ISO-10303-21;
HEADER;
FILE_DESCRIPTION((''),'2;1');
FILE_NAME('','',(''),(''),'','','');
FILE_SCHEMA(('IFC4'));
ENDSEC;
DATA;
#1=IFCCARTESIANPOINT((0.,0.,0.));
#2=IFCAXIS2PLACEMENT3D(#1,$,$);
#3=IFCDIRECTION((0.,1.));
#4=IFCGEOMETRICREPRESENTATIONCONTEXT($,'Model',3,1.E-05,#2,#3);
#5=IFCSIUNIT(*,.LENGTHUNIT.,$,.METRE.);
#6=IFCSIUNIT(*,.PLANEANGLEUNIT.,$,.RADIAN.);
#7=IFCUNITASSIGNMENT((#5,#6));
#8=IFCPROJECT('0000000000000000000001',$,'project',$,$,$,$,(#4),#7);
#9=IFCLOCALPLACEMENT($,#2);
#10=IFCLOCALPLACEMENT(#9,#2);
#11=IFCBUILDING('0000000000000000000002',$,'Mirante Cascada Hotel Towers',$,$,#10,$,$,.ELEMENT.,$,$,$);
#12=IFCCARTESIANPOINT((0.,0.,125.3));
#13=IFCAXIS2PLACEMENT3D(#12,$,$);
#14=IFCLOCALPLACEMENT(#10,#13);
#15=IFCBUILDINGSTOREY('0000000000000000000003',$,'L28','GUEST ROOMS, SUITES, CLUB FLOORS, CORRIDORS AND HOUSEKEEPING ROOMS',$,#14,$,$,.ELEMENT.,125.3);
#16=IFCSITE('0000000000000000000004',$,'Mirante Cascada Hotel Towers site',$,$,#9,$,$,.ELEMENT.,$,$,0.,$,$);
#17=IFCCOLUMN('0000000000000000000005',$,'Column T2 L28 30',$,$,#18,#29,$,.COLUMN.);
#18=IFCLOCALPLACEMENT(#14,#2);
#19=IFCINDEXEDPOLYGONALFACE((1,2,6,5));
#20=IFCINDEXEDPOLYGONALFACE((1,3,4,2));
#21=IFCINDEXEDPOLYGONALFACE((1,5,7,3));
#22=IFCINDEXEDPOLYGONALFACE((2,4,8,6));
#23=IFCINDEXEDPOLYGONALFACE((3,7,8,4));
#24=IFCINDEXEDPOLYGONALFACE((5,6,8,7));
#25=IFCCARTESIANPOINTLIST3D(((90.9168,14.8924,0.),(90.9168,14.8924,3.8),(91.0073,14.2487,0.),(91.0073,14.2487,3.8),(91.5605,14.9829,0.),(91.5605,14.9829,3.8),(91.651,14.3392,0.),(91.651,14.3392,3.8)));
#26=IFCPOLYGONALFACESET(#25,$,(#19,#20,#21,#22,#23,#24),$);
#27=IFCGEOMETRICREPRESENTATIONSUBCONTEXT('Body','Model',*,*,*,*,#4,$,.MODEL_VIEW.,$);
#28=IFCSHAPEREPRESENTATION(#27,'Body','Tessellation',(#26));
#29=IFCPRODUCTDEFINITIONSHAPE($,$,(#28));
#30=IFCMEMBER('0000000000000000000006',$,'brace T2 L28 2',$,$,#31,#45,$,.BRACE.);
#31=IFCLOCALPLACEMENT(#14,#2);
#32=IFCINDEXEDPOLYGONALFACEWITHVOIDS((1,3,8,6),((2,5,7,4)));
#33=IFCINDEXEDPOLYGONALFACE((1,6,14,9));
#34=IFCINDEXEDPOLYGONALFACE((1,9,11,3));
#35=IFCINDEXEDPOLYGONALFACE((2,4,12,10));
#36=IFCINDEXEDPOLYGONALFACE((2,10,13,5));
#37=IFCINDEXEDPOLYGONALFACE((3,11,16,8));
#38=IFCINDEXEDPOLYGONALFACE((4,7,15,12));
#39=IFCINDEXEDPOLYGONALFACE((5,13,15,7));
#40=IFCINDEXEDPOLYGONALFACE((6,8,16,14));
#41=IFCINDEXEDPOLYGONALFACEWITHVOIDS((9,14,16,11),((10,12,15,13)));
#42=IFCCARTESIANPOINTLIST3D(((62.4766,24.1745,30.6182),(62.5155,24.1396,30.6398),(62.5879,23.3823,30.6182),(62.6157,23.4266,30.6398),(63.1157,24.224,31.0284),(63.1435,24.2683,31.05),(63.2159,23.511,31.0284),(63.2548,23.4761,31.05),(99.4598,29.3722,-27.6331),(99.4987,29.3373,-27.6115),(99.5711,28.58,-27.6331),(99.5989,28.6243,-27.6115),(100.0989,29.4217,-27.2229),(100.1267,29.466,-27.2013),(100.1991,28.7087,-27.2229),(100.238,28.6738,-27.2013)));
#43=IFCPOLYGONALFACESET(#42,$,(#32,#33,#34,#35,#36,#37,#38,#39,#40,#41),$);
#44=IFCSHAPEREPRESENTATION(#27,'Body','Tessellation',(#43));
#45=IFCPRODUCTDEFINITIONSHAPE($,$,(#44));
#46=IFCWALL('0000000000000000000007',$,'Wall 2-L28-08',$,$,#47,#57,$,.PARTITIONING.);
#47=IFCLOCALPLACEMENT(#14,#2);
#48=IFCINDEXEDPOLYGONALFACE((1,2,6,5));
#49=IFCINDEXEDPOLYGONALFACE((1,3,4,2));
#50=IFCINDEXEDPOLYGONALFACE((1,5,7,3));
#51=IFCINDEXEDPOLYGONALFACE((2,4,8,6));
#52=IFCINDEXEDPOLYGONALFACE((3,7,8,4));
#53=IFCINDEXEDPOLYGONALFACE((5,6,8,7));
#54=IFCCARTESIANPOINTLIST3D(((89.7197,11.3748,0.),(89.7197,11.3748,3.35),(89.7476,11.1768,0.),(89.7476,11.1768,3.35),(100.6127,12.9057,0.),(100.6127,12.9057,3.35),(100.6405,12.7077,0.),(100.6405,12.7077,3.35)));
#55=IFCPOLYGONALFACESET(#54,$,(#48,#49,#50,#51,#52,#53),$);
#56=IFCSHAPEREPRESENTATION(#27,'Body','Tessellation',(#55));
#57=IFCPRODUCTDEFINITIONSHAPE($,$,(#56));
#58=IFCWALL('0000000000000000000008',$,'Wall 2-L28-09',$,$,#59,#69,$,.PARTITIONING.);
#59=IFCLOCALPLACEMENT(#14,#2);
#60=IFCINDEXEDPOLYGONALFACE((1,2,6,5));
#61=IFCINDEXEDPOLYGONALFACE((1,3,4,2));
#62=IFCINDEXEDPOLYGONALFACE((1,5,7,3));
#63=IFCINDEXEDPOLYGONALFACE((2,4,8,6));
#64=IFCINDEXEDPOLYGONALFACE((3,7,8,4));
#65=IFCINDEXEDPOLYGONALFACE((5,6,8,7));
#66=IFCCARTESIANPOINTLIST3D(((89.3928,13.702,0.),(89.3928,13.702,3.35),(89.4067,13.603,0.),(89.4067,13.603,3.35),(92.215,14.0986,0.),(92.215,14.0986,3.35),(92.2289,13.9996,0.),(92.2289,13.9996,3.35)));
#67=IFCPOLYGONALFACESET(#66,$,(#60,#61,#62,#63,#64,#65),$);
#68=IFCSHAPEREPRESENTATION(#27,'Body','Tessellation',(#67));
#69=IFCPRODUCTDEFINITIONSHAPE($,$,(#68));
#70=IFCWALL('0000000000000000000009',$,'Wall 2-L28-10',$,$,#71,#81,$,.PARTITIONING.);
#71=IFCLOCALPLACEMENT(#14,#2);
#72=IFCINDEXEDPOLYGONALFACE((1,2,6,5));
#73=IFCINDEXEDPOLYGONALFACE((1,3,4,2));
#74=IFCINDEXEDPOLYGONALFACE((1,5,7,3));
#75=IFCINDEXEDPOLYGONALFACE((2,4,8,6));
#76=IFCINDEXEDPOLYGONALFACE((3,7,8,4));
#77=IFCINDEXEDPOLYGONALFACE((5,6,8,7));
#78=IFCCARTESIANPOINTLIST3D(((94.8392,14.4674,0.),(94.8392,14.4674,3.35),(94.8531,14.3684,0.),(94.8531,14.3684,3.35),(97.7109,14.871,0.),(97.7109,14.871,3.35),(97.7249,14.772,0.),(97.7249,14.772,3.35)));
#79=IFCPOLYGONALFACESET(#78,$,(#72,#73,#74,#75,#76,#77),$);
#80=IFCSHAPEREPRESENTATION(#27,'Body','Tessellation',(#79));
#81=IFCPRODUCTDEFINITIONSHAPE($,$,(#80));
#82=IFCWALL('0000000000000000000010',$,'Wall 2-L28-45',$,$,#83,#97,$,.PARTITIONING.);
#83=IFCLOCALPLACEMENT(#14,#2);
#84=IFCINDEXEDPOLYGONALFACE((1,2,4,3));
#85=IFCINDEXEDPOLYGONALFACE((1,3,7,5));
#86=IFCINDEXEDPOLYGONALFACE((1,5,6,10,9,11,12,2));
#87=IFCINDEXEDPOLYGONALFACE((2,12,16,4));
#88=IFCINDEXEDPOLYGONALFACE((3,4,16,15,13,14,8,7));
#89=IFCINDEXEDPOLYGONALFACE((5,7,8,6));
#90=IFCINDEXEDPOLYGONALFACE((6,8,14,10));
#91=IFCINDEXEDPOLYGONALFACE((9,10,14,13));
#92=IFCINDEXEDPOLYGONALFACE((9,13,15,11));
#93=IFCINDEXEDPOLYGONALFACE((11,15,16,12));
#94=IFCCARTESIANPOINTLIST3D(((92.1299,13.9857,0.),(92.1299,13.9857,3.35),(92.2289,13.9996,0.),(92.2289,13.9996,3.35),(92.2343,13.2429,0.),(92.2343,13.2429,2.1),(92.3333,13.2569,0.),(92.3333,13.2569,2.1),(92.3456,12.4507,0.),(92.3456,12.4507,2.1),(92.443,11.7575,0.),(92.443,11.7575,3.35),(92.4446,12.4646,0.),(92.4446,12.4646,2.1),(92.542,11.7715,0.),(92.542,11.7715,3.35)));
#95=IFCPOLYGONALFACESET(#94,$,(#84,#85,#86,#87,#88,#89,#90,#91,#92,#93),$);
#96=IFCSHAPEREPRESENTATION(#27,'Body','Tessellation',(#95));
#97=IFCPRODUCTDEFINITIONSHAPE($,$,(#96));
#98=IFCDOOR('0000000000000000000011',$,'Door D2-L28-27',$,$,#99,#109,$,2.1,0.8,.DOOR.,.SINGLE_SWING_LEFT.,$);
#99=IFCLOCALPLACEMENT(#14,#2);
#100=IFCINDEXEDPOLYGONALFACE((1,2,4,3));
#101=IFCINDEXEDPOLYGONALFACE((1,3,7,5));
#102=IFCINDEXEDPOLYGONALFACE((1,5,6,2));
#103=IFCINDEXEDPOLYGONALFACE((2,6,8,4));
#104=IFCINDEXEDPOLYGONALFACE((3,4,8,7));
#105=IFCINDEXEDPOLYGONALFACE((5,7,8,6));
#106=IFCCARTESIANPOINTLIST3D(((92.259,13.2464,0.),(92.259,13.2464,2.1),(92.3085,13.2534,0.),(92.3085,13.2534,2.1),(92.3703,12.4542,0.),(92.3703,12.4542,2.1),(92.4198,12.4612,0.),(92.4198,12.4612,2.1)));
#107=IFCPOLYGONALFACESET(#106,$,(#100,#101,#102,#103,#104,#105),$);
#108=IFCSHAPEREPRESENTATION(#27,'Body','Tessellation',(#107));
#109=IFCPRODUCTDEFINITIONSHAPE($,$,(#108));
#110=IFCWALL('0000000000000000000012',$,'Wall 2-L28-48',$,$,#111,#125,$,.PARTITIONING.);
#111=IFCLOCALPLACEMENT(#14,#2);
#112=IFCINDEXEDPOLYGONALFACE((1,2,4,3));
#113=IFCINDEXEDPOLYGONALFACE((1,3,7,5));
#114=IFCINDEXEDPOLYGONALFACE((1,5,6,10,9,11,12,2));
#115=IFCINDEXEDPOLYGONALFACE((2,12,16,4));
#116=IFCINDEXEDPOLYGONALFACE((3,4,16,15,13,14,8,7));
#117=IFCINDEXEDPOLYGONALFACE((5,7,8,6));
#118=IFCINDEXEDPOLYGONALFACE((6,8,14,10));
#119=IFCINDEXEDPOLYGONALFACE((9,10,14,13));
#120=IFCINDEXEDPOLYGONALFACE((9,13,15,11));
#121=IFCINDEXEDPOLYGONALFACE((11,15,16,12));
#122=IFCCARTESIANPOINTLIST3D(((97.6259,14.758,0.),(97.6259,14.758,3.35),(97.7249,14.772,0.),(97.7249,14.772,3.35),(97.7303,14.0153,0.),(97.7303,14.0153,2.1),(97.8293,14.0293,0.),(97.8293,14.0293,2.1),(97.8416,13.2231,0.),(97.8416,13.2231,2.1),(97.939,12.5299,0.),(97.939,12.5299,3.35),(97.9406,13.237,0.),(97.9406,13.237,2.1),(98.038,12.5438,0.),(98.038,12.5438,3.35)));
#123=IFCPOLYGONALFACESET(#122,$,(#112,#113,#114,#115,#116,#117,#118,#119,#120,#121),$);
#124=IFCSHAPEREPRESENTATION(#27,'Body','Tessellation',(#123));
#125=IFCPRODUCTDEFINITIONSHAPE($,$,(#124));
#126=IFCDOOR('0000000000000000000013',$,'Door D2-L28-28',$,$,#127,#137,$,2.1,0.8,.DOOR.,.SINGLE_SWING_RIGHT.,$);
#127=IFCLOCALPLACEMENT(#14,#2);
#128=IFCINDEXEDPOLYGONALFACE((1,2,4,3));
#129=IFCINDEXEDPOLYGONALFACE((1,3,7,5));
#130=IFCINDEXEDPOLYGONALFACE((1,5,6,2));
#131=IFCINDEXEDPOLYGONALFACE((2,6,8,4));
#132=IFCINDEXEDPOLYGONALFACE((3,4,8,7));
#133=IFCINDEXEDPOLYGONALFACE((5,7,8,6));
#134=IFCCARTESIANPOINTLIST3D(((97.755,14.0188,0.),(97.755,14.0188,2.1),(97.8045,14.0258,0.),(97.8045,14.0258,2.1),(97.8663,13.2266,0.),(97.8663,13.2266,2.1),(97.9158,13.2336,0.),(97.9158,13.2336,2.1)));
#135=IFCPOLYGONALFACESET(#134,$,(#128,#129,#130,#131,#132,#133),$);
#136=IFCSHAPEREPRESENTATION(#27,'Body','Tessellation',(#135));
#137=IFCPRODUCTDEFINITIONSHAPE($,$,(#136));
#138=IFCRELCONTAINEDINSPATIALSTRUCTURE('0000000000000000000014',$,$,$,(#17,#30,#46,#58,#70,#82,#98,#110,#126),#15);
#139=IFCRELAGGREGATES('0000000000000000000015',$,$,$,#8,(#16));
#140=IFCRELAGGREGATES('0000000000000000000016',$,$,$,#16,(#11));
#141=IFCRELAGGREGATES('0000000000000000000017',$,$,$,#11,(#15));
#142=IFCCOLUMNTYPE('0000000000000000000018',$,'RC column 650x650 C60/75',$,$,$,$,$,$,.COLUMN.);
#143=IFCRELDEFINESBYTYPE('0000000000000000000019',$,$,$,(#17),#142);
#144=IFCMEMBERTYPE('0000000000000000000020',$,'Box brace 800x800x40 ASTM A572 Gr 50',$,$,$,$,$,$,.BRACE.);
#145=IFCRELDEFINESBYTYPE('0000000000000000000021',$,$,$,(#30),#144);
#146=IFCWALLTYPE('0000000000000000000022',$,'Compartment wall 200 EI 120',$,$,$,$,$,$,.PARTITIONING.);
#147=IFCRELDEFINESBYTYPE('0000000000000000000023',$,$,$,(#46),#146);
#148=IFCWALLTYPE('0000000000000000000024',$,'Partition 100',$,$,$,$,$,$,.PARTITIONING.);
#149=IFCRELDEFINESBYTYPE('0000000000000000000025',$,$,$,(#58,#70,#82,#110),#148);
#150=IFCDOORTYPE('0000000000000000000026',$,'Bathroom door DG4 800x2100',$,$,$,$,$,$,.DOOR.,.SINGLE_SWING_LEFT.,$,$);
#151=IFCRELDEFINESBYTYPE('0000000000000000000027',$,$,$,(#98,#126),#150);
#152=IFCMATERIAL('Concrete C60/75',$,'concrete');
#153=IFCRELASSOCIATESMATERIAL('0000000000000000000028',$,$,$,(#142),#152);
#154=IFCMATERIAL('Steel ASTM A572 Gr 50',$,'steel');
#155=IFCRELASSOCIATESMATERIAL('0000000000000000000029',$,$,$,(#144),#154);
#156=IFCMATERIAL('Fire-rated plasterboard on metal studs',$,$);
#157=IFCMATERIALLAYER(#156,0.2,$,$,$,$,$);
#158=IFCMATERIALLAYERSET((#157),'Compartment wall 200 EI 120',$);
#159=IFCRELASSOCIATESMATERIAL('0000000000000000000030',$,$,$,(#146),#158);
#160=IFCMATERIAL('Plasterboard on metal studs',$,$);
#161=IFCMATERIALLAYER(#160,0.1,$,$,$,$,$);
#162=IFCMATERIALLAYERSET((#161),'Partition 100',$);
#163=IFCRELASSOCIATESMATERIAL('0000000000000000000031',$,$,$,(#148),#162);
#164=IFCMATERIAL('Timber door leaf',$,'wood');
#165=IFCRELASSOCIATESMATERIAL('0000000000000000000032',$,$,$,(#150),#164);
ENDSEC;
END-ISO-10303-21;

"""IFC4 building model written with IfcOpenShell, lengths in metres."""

from ifc_helpers import new_model, si_unit, direction, frame, frame_2d, origin, origin_2d, place, context, subcontext, project, spatial, rectangle, hollow_rectangle, extrude, material, layer, layer_set, material_profile, profile_set, type_object, element, fill, save


model = new_model("IFC4")

# Units and contexts
model_context = context("Model", 3, precision=1e-05, world=origin(), true_north=direction((0.0, 1.0)))
body_context = subcontext(model_context, "Body", "Model", "MODEL_VIEW")
ifc_project = project(units=[si_unit("LENGTHUNIT", "METRE"), si_unit("PLANEANGLEUNIT", "RADIAN")], contexts=[model_context])

# Site, building, storey
site_placement = place(None, origin())
site = spatial("IfcSite", under=ifc_project, at=site_placement, Name="Mirante Cascada Hotel Towers site", CompositionType="ELEMENT", RefElevation=0.0)
building_placement = place(site_placement, origin())
building = spatial("IfcBuilding", under=site, at=building_placement, Name="Mirante Cascada Hotel Towers", CompositionType="ELEMENT")
storey_placement = place(building_placement, frame((0.0, 0.0, 125.3)))
storey = spatial("IfcBuildingStorey", under=building, at=storey_placement, Name="L28", Description="GUEST ROOMS, SUITES, CLUB FLOORS, CORRIDORS AND HOUSEKEEPING ROOMS", CompositionType="ELEMENT", Elevation=125.3)

# Column
ifc_material_1 = material(Name="Concrete C60/75", Category="concrete")
ifc_material_profile_1 = material_profile(ifc_material_1, rectangle(XDim=0.65, YDim=0.65, at=origin_2d()), Name="RC column 650x650 C60/75")
ifc_profile_set_1 = profile_set([ifc_material_profile_1], Name="Concrete C60/75")
column_type = type_object("IfcColumnType", Name="RC column 650x650 C60/75", PredefinedType="COLUMN", material=ifc_profile_set_1)
column_placement = place(storey_placement, frame((91.2839, 14.6158, 0.0), z_axis=(0.0, 0.0, 1.0), x_axis=(0.990268, 0.139173, 0.0)))
element("IfcColumn", 1, at=column_placement, inside=storey, type_object=column_type, Name="Column T2 L28 30", PredefinedType="COLUMN", context=body_context, shape_type="SweptSolid", body=[
    extrude(rectangle(XDim=0.65, YDim=0.65, at=origin_2d()), origin(), (0.0, 0.0, 1.0), 3.8),
])

# Member
ifc_material_2 = material(Name="Steel ASTM A572 Gr 50", Category="steel")
ifc_material_profile_2 = material_profile(ifc_material_2, hollow_rectangle(XDim=0.8, YDim=0.8, WallThickness=0.04, at=origin_2d()), Name="Box brace 800x800x40 ASTM A572 Gr 50")
ifc_profile_set_2 = profile_set([ifc_material_profile_2], Name="Steel ASTM A572 Gr 50")
member_type = type_object("IfcMemberType", Name="Box brace 800x800x40 ASTM A572 Gr 50", PredefinedType="BRACE", material=ifc_profile_set_2)
member_placement = place(storey_placement, frame((99.8489, 29.023, -27.4172), z_axis=(-0.534476, -0.075116, 0.841839), x_axis=(0.139174, -0.990268, 0.0)))
element("IfcMember", 2, at=member_placement, inside=storey, type_object=member_type, Name="brace T2 L28 2", PredefinedType="BRACE", context=body_context, shape_type="SweptSolid", body=[
    extrude(hollow_rectangle(XDim=0.8, YDim=0.8, WallThickness=0.04, at=origin_2d()), origin(), (0.0, 0.0, 1.0), 69.1953),
])

# Walls
ifc_material_3 = material(Name="Fire-rated plasterboard on metal studs")
ifc_layer_1 = layer(ifc_material_3, 0.2)
ifc_layer_set_1 = layer_set([ifc_layer_1], Name="Compartment wall 200 EI 120")
wall_type_1 = type_object("IfcWallType", Name="Compartment wall 200 EI 120", PredefinedType="PARTITIONING", material=ifc_layer_set_1)
wall_1_placement = place(storey_placement, frame((100.6266, 12.8067, 0.0), z_axis=(0.0, 0.0, 1.0), x_axis=(-0.990268, -0.139173, 0.0)))
element("IfcWall", 3, at=wall_1_placement, inside=storey, type_object=wall_type_1, Name="Wall 2-L28-08", PredefinedType="PARTITIONING", context=body_context, shape_type="SweptSolid", body=[
    extrude(rectangle(XDim=11.0, YDim=0.2, at=frame_2d((5.5, 0.0))), origin(), (0.0, 0.0, 1.0), 3.35),
])
ifc_material_4 = material(Name="Plasterboard on metal studs")
ifc_layer_2 = layer(ifc_material_4, 0.1)
ifc_layer_set_2 = layer_set([ifc_layer_2], Name="Partition 100")
wall_type_2 = type_object("IfcWallType", Name="Partition 100", PredefinedType="PARTITIONING", material=ifc_layer_set_2)
wall_2_placement = place(storey_placement, frame((89.3997, 13.6525, 0.0), z_axis=(0.0, 0.0, 1.0), x_axis=(0.99027, 0.139161, 0.0)))
element("IfcWall", 4, at=wall_2_placement, inside=storey, type_object=wall_type_2, Name="Wall 2-L28-09", PredefinedType="PARTITIONING", context=body_context, shape_type="SweptSolid", body=[
    extrude(rectangle(XDim=2.8499, YDim=0.1, at=frame_2d((1.425, 0.0))), origin(), (0.0, 0.0, 1.0), 3.35),
])
wall_3_placement = place(storey_placement, frame((97.7179, 14.8215, 0.0), z_axis=(0.0, 0.0, 1.0), x_axis=(-0.990268, -0.139171, 0.0)))
element("IfcWall", 5, at=wall_3_placement, inside=storey, type_object=wall_type_2, Name="Wall 2-L28-10", PredefinedType="PARTITIONING", context=body_context, shape_type="SweptSolid", body=[
    extrude(rectangle(XDim=2.9, YDim=0.1, at=frame_2d((1.45, 0.0))), origin(), (0.0, 0.0, 1.0), 3.35),
])

# Walls, openings, doors
wall_4_placement = place(storey_placement, frame((92.4925, 11.7645, 0.0), z_axis=(0.0, 0.0, 1.0), x_axis=(-0.139156, 0.990271, 0.0)))
wall_4 = element("IfcWall", 6, at=wall_4_placement, inside=storey, type_object=wall_type_2, Name="Wall 2-L28-45", PredefinedType="PARTITIONING", context=body_context, shape_type="SweptSolid", body=[
    extrude(rectangle(XDim=2.25, YDim=0.1, at=frame_2d((1.125, 0.0))), origin(), (0.0, 0.0, 1.0), 3.35),
])
opening_1_placement = place(wall_4_placement, frame((0.7, 0.0, 0.0)))
opening_1 = element("IfcOpeningElement", 7, at=opening_1_placement, cuts=wall_4, PredefinedType="OPENING", context=body_context, shape_type="SweptSolid", body=[
    extrude(rectangle(XDim=0.8, YDim=2.1, at=frame_2d((0.4, 1.05))), frame((0.0, 0.05, 0.0), z_axis=(0.0, -1.0, 0.0), x_axis=(1.0, 0.0, 0.0)), (0.0, 0.0, 1.0), 0.1),
])
ifc_material_5 = material(Name="Timber door leaf", Category="wood")
door_type = type_object("IfcDoorType", Name="Bathroom door DG4 800x2100", OperationType="SINGLE_SWING_LEFT", PredefinedType="DOOR", material=ifc_material_5)
door_1_placement = place(opening_1_placement, origin())
door_1 = element("IfcDoor", 8, at=door_1_placement, inside=storey, type_object=door_type, Name="Door D2-L28-27", OperationType="SINGLE_SWING_LEFT", OverallHeight=2.1, OverallWidth=0.8, PredefinedType="DOOR", context=body_context, shape_type="SweptSolid", body=[
    extrude(rectangle(XDim=0.8, YDim=2.1, at=frame_2d((0.4, 1.05))), frame((0.0, 0.025, 0.0), z_axis=(0.0, -1.0, 0.0), x_axis=(1.0, 0.0, 0.0)), (0.0, 0.0, 1.0), 0.05),
])
fill(opening_1, door_1)
wall_5_placement = place(storey_placement, frame((97.6754, 14.765, 0.0), z_axis=(0.0, 0.0, 1.0), x_axis=(0.139156, -0.990271, 0.0)))
wall_5 = element("IfcWall", 9, at=wall_5_placement, inside=storey, type_object=wall_type_2, Name="Wall 2-L28-48", PredefinedType="PARTITIONING", context=body_context, shape_type="SweptSolid", body=[
    extrude(rectangle(XDim=2.25, YDim=0.1, at=frame_2d((1.125, 0.0))), origin(), (0.0, 0.0, 1.0), 3.35),
])
opening_2_placement = place(wall_5_placement, frame((0.75, 0.0, 0.0)))
opening_2 = element("IfcOpeningElement", 10, at=opening_2_placement, cuts=wall_5, PredefinedType="OPENING", context=body_context, shape_type="SweptSolid", body=[
    extrude(rectangle(XDim=0.8, YDim=2.1, at=frame_2d((0.4, 1.05))), frame((0.0, 0.05, 0.0), z_axis=(0.0, -1.0, 0.0), x_axis=(1.0, 0.0, 0.0)), (0.0, 0.0, 1.0), 0.1),
])
door_2_placement = place(opening_2_placement, frame((0.8, 0.0, 0.0), z_axis=(0.0, 0.0, 1.0), x_axis=(-1.0, 0.0, 0.0)))
door_2 = element("IfcDoor", 11, at=door_2_placement, inside=storey, type_object=door_type, Name="Door D2-L28-28", OperationType="SINGLE_SWING_RIGHT", OverallHeight=2.1, OverallWidth=0.8, PredefinedType="DOOR", context=body_context, shape_type="SweptSolid", body=[
    extrude(rectangle(XDim=0.8, YDim=2.1, at=frame_2d((0.4, 1.05))), frame((0.0, 0.025, 0.0), z_axis=(0.0, -1.0, 0.0), x_axis=(1.0, 0.0, 0.0)), (0.0, 0.0, 1.0), 0.05),
])
fill(opening_2, door_2)

save(model, "model.ifc")
